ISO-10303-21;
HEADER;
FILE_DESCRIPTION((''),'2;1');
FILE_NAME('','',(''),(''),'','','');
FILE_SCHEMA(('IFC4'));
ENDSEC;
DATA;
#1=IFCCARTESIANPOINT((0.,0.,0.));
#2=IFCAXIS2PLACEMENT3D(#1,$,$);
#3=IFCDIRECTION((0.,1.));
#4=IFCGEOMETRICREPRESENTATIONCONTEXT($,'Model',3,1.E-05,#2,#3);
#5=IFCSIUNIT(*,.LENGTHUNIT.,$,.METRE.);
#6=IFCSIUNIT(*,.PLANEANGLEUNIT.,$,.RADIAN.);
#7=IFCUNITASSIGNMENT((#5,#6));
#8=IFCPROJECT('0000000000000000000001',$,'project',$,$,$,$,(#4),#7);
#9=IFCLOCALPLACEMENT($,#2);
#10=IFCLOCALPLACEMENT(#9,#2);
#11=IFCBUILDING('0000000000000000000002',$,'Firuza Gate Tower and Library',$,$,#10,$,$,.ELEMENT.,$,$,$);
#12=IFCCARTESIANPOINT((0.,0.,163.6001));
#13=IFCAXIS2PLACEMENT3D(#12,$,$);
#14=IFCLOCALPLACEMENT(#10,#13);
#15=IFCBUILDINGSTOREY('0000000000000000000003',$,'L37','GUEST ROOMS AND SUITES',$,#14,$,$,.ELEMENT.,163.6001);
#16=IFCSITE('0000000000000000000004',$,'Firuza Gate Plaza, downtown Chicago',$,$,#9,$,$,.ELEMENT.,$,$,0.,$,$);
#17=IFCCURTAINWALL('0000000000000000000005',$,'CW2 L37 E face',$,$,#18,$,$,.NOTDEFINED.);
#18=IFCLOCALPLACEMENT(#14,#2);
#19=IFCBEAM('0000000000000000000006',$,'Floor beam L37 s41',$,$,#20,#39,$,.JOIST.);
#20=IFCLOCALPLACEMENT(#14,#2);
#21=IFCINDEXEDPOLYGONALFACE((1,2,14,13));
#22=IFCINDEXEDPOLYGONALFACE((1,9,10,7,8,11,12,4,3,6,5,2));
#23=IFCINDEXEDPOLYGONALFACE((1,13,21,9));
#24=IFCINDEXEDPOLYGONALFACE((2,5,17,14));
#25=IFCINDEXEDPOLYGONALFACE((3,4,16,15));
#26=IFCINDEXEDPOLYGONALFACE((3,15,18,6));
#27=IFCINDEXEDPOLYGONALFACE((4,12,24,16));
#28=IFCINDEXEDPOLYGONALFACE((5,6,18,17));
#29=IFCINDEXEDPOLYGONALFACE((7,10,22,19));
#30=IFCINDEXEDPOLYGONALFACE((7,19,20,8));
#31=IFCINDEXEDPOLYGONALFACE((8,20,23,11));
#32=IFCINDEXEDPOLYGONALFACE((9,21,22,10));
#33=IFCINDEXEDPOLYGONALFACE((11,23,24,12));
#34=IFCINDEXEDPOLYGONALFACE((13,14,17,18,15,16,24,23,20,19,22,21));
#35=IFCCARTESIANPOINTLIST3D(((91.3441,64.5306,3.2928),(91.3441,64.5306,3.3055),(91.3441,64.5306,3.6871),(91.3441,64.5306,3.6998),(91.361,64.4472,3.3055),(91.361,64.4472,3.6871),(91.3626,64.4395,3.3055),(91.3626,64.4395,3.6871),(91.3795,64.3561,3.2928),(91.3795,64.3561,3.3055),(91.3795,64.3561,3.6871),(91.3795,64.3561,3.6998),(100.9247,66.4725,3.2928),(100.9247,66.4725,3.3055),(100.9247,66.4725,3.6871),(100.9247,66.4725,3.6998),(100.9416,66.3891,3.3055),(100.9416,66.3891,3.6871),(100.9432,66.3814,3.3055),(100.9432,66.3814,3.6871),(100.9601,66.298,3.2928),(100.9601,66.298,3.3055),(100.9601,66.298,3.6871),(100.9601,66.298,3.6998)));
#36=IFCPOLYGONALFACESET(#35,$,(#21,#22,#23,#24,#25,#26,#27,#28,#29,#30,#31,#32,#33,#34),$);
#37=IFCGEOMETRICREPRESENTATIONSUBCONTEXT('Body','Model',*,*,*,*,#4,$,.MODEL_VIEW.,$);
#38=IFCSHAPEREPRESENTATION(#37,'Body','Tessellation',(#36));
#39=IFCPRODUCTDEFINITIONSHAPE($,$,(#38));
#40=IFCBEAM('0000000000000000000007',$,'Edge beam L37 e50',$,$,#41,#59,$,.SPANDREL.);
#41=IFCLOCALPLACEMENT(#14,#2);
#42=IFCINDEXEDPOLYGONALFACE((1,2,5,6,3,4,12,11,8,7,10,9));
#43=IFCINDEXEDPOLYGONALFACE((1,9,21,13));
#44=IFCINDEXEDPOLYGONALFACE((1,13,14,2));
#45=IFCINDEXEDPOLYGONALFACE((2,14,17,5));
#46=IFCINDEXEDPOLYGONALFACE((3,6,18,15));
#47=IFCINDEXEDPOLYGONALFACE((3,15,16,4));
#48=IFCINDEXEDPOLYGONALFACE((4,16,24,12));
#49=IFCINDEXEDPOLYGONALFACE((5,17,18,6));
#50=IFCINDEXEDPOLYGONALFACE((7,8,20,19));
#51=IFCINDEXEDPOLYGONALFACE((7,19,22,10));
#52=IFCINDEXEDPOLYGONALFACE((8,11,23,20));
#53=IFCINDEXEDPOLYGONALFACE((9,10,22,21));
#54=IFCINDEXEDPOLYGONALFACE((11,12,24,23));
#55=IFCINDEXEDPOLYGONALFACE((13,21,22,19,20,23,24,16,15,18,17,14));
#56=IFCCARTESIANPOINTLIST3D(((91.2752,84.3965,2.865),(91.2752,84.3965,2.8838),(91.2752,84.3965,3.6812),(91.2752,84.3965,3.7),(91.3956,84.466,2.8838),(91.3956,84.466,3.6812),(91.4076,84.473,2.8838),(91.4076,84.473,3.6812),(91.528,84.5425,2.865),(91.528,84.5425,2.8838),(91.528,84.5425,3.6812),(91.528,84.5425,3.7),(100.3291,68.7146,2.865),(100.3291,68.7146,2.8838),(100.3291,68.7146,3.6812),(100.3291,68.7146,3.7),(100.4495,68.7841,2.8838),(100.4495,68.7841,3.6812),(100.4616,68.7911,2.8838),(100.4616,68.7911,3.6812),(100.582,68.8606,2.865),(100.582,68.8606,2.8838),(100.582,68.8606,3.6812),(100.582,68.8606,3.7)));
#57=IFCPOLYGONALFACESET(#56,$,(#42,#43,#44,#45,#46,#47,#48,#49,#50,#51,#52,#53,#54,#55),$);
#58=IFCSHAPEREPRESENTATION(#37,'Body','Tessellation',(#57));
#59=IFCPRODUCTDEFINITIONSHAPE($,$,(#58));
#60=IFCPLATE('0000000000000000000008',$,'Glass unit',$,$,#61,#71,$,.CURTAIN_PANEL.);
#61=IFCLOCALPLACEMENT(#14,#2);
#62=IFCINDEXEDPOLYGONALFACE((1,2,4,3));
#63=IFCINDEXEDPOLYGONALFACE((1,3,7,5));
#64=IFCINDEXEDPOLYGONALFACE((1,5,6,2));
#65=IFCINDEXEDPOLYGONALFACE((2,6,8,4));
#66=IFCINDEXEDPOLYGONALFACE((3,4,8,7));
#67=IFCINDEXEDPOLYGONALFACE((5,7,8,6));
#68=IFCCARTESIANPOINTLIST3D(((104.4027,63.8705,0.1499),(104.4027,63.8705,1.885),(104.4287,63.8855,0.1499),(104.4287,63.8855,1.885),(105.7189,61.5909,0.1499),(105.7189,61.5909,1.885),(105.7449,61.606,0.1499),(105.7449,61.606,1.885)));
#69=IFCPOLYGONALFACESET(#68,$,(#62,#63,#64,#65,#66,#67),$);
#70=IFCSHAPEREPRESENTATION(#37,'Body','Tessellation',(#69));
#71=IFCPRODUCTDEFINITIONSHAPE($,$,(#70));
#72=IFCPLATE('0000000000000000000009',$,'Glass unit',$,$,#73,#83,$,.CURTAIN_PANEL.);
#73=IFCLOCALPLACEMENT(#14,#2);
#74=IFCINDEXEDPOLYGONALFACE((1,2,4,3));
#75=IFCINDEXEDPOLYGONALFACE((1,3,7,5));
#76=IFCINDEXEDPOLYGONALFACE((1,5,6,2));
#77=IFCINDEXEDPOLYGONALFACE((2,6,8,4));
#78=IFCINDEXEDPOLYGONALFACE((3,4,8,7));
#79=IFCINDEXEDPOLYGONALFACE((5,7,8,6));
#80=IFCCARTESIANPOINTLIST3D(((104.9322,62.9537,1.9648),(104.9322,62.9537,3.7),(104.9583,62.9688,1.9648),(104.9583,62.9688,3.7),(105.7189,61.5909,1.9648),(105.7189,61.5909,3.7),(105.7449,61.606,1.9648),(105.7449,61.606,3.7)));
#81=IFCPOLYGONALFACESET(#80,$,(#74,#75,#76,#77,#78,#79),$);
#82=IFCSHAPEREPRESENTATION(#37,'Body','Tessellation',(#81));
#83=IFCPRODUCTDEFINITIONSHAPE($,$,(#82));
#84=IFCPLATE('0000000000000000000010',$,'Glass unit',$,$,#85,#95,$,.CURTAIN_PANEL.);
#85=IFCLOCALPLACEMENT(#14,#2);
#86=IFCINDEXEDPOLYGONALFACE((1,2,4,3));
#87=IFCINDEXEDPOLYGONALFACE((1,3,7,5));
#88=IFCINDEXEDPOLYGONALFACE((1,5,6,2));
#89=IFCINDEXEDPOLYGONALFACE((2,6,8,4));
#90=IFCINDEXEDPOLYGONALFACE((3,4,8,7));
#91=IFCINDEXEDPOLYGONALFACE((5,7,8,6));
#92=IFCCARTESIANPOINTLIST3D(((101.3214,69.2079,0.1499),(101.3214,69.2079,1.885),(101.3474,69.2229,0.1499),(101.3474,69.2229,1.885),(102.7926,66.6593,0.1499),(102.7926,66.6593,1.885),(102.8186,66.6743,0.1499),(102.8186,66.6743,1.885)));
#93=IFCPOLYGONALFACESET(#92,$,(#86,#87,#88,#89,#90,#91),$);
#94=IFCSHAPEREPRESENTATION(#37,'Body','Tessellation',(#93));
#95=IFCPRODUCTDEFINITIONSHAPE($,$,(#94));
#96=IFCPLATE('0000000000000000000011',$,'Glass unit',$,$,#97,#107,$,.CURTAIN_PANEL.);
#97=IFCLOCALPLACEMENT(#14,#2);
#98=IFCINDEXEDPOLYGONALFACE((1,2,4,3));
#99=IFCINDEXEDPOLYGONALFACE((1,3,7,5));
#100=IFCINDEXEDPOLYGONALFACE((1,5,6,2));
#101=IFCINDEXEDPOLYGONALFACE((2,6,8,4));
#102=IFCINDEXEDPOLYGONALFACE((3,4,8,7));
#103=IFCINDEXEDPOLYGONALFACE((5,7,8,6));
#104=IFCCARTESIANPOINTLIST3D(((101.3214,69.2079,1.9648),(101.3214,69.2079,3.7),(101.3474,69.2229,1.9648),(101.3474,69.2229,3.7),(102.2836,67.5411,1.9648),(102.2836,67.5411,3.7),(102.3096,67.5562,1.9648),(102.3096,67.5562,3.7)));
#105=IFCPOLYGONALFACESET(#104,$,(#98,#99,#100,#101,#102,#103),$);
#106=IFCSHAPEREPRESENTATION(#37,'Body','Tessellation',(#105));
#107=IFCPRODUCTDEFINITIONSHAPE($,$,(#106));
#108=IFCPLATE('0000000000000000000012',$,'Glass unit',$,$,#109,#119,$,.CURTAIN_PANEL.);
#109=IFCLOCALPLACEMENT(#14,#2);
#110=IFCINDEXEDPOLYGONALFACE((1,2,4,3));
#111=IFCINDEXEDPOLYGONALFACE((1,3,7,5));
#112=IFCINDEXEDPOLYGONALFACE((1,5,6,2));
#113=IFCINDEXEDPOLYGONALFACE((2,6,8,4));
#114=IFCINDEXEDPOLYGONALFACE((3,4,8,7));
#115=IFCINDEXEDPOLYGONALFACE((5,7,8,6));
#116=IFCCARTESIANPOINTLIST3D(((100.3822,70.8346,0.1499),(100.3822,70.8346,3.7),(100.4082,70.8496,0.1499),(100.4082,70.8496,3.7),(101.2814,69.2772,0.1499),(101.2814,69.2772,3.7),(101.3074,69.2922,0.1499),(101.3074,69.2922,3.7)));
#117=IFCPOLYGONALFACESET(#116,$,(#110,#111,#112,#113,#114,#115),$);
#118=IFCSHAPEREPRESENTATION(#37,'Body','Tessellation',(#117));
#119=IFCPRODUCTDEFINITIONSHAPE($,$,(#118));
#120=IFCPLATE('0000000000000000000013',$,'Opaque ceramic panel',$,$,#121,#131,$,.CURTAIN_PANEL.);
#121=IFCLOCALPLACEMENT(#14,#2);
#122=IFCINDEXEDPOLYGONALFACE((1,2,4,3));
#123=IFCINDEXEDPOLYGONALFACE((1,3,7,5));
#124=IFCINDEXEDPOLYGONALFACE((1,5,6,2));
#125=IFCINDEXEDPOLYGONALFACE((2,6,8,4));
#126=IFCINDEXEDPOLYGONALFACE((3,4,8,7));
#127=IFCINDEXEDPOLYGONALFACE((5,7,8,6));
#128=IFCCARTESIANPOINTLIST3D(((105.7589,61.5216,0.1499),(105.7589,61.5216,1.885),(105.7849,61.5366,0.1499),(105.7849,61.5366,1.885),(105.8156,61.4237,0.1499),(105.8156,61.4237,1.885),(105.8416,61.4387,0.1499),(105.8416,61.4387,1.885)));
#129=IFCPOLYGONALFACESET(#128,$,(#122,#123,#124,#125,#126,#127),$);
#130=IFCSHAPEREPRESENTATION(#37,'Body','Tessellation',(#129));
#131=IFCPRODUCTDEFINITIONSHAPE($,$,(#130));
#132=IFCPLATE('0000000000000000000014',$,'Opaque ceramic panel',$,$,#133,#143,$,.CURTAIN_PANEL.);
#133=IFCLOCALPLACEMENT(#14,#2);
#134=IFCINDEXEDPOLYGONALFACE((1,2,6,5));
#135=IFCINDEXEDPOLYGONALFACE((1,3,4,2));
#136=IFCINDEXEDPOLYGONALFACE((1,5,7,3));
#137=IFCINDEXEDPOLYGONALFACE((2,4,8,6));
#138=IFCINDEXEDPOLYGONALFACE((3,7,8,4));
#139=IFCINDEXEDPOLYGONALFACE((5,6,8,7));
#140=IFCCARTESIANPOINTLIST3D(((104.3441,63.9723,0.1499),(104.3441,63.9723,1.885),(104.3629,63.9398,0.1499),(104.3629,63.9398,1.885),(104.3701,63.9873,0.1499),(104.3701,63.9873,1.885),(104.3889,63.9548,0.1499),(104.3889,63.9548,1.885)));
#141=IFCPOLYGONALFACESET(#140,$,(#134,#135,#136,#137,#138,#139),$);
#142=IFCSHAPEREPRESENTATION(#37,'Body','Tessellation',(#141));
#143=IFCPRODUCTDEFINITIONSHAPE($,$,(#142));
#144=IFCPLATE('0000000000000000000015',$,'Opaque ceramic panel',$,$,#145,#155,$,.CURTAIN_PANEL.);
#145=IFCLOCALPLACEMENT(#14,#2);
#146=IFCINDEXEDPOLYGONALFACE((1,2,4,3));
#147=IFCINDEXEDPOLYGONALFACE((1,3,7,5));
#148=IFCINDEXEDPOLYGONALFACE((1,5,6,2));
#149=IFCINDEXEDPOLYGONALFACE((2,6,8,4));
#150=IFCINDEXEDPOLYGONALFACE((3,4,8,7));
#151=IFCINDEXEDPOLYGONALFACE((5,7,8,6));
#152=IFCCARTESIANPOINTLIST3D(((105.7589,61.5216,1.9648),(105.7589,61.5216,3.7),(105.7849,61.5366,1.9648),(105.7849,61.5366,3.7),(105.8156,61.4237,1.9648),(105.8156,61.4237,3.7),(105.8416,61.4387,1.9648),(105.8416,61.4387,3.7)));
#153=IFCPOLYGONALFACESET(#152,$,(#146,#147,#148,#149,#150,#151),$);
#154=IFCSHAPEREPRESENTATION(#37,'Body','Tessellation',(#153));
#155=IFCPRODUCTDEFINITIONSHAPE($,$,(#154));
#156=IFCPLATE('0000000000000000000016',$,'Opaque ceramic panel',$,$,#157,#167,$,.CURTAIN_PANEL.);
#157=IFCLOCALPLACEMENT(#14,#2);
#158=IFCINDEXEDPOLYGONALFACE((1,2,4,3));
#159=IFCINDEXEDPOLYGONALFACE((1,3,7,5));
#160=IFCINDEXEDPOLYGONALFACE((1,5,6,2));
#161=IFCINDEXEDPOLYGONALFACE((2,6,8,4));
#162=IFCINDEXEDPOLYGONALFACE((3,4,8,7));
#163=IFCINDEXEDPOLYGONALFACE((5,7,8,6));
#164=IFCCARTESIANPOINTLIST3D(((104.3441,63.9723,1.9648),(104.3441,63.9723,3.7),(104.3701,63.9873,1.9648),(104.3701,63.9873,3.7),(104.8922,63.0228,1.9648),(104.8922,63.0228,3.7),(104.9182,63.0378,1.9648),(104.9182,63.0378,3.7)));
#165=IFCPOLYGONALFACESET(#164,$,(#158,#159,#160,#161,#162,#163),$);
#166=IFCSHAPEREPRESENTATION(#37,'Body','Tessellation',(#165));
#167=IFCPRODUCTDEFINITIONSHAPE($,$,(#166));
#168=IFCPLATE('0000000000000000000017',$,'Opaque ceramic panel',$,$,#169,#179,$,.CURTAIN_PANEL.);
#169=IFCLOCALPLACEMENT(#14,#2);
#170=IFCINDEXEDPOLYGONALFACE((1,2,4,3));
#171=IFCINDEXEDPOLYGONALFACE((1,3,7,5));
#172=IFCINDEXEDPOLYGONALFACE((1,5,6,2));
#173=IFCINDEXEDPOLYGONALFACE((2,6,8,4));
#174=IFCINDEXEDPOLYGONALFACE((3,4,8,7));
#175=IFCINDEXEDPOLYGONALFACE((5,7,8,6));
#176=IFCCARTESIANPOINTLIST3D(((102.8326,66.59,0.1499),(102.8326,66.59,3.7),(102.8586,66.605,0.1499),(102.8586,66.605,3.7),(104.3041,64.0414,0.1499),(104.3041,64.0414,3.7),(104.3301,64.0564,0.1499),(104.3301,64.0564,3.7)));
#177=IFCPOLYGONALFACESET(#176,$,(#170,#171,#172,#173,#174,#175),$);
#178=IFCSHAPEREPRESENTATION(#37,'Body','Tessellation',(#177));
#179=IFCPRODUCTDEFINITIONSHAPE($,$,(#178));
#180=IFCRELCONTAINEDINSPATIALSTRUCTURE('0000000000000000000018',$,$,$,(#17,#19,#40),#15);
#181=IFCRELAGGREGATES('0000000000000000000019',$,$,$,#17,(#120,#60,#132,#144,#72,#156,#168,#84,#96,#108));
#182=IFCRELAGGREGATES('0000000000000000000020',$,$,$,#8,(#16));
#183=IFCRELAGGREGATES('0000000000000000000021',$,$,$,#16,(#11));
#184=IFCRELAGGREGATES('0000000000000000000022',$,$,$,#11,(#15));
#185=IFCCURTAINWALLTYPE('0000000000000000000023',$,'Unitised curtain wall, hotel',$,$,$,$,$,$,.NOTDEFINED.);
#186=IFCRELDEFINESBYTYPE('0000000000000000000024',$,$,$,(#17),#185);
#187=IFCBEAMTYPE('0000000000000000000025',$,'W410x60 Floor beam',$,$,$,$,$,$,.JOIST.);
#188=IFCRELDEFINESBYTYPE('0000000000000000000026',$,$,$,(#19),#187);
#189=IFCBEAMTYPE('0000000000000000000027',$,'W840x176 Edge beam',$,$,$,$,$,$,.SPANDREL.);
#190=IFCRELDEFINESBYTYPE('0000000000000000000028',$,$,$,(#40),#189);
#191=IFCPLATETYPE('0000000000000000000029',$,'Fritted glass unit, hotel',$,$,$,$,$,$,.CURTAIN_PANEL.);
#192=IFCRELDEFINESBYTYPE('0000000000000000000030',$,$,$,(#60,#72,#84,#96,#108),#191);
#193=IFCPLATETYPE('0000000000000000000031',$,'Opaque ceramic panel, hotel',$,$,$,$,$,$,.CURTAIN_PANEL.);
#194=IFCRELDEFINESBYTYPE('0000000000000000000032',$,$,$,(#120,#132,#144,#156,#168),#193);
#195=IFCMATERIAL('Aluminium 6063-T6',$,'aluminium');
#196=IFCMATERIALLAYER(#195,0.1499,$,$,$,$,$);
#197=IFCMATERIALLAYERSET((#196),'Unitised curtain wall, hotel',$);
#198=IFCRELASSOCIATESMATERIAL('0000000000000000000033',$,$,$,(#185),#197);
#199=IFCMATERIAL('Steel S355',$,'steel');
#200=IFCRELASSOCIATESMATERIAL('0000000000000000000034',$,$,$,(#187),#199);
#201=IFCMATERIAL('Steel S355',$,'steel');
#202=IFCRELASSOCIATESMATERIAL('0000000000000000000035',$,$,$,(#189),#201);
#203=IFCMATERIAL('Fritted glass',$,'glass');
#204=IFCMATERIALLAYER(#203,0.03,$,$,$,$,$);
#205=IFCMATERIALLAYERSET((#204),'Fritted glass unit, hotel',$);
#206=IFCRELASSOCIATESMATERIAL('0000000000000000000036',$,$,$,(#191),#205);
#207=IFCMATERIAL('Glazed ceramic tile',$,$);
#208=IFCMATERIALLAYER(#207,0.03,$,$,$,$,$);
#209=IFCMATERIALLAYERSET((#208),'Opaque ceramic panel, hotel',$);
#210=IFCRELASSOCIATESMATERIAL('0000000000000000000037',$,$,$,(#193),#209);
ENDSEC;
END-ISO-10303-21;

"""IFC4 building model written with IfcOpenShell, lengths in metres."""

from ifc_helpers import new_model, si_unit, direction, frame, origin, origin_2d, place, context, subcontext, project, spatial, polyline, i_section, outline, extrude, material, layer, layer_set, material_profile, profile_set, type_object, element, aggregate, save


model = new_model("IFC4")

# Units and contexts
model_context = context("Model", 3, precision=1e-05, world=origin(), true_north=direction((0.0, 1.0)))
body_context = subcontext(model_context, "Body", "Model", "MODEL_VIEW")
ifc_project = project(units=[si_unit("LENGTHUNIT", "METRE"), si_unit("PLANEANGLEUNIT", "RADIAN")], contexts=[model_context])

# Site, building, storey
site_placement = place(None, origin())
site = spatial("IfcSite", under=ifc_project, at=site_placement, Name="Firuza Gate Plaza, downtown Chicago", CompositionType="ELEMENT", RefElevation=0.0)
building_placement = place(site_placement, origin())
building = spatial("IfcBuilding", under=site, at=building_placement, Name="Firuza Gate Tower and Library", CompositionType="ELEMENT")
storey_placement = place(building_placement, frame((0.0, 0.0, 163.6001)))
storey = spatial("IfcBuildingStorey", under=building, at=storey_placement, Name="L37", Description="GUEST ROOMS AND SUITES", CompositionType="ELEMENT", Elevation=163.6001)

# Curtain wall
ifc_material_1 = material(Name="Aluminium 6063-T6", Category="aluminium")
ifc_layer_1 = layer(ifc_material_1, 0.1499)
ifc_layer_set_1 = layer_set([ifc_layer_1], Name="Unitised curtain wall, hotel")
curtain_wall_type = type_object("IfcCurtainWallType", Name="Unitised curtain wall, hotel", PredefinedType="NOTDEFINED", material=ifc_layer_set_1)
curtain_wall_placement = place(storey_placement, origin())
curtain_wall = element("IfcCurtainWall", 1, at=curtain_wall_placement, inside=storey, type_object=curtain_wall_type, Name="CW2 L37 E face", PredefinedType="NOTDEFINED")

# Beams
ifc_material_2 = material(Name="Steel S355", Category="steel")
ifc_material_profile_1 = material_profile(ifc_material_2, i_section(OverallWidth=0.178, OverallDepth=0.407, WebThickness=0.0078, FlangeThickness=0.0127, at=origin_2d()))
ifc_profile_set_1 = profile_set([ifc_material_profile_1], Name="Steel S355")
beam_type_1 = type_object("IfcBeamType", Name="W410x60 Floor beam", PredefinedType="JOIST", material=ifc_profile_set_1)
beam_1_placement = place(storey_placement, frame((100.9424, 66.3853, 3.4963), z_axis=(-0.98007, -0.198651, 0.0), x_axis=(0.198651, -0.98007, 0.0)))
element("IfcBeam", 2, at=beam_1_placement, inside=storey, type_object=beam_type_1, Name="Floor beam L37 s41", PredefinedType="JOIST", context=body_context, shape_type="SweptSolid", body=[
    extrude(i_section(OverallWidth=0.178, OverallDepth=0.407, WebThickness=0.0078, FlangeThickness=0.0127, at=origin_2d()), origin(), (0.0, 0.0, 1.0), 9.7754),
])
ifc_material_3 = material(Name="Steel S355", Category="steel")
ifc_material_profile_2 = material_profile(ifc_material_3, i_section(OverallWidth=0.292, OverallDepth=0.835, WebThickness=0.0139, FlangeThickness=0.0188, at=origin_2d()))
ifc_profile_set_2 = profile_set([ifc_material_profile_2], Name="Steel S355")
beam_type_2 = type_object("IfcBeamType", Name="W840x176 Edge beam", PredefinedType="SPANDREL", material=ifc_profile_set_2)
beam_2_placement = place(storey_placement, frame((100.4556, 68.7876, 3.2825), z_axis=(-0.500001, 0.866025, 0.0), x_axis=(-0.866025, -0.500001, 0.0)))
element("IfcBeam", 3, at=beam_2_placement, inside=storey, type_object=beam_type_2, Name="Edge beam L37 e50", PredefinedType="SPANDREL", context=body_context, shape_type="SweptSolid", body=[
    extrude(i_section(OverallWidth=0.292, OverallDepth=0.835, WebThickness=0.0139, FlangeThickness=0.0188, at=origin_2d()), origin(), (0.0, 0.0, 1.0), 18.1079),
])

# Plates
ifc_material_4 = material(Name="Fritted glass", Category="glass")
ifc_layer_2 = layer(ifc_material_4, 0.03)
ifc_layer_set_2 = layer_set([ifc_layer_2], Name="Fritted glass unit, hotel")
plate_type_1 = type_object("IfcPlateType", Name="Fritted glass unit, hotel", PredefinedType="CURTAIN_PANEL", material=ifc_layer_set_2)
plate_1_placement = place(storey_placement, frame((105.7449, 61.606, 0.1499), z_axis=(0.866014, 0.50002, 0.0), x_axis=(-0.50002, 0.866014, 0.0)))
plate_1 = element("IfcPlate", 4, at=plate_1_placement, type_object=plate_type_1, Name="Glass unit", PredefinedType="CURTAIN_PANEL", context=body_context, shape_type="SweptSolid", body=[
    extrude(outline(polyline([(0.0, 0.0), (2.6322, 0.0), (2.6322, 1.7351), (0.0, 1.7351), (0.0, 0.0)])), origin(), (0.0, 0.0, -1.0), 0.03),
])
plate_2_placement = place(storey_placement, frame((105.7449, 61.606, 1.9648), z_axis=(0.866077, 0.49991, 0.0), x_axis=(-0.49991, 0.866077, 0.0)))
plate_2 = element("IfcPlate", 5, at=plate_2_placement, type_object=plate_type_1, Name="Glass unit", PredefinedType="CURTAIN_PANEL", context=body_context, shape_type="SweptSolid", body=[
    extrude(outline(polyline([(0.0, 0.0), (1.5735, 0.0), (1.5735, 1.7351), (0.0, 1.7351), (0.0, 0.0)])), origin(), (0.0, 0.0, -1.0), 0.03),
])
plate_3_placement = place(storey_placement, frame((102.8186, 66.6743, 0.1499), z_axis=(0.86606, 0.49994, 0.0), x_axis=(-0.49994, 0.86606, 0.0)))
plate_3 = element("IfcPlate", 6, at=plate_3_placement, type_object=plate_type_1, Name="Glass unit", PredefinedType="CURTAIN_PANEL", context=body_context, shape_type="SweptSolid", body=[
    extrude(outline(polyline([(0.0, 0.0), (2.9427, 0.0), (2.9427, 1.7351), (0.0, 1.7351), (0.0, 0.0)])), origin(), (0.0, 0.0, -1.0), 0.03),
])
plate_4_placement = place(storey_placement, frame((102.3096, 67.5562, 1.9648), z_axis=(0.866057, 0.499946, 0.0), x_axis=(-0.499946, 0.866057, 0.0)))
plate_4 = element("IfcPlate", 7, at=plate_4_placement, type_object=plate_type_1, Name="Glass unit", PredefinedType="CURTAIN_PANEL", context=body_context, shape_type="SweptSolid", body=[
    extrude(outline(polyline([(0.0, 0.0), (1.9245, 0.0), (1.9245, 1.7351), (0.0, 1.7351), (0.0, 0.0)])), origin(), (0.0, 0.0, -1.0), 0.03),
])
plate_5_placement = place(storey_placement, frame((101.3074, 69.2922, 0.1499), z_axis=(0.866021, 0.500008, 0.0), x_axis=(-0.500008, 0.866021, 0.0)))
plate_5 = element("IfcPlate", 8, at=plate_5_placement, type_object=plate_type_1, Name="Glass unit", PredefinedType="CURTAIN_PANEL", context=body_context, shape_type="SweptSolid", body=[
    extrude(outline(polyline([(0.0, 0.0), (1.7983, 0.0), (1.7983, 3.55), (0.0, 3.55), (0.0, 0.0)])), origin(), (0.0, 0.0, -1.0), 0.03),
])
ifc_material_5 = material(Name="Glazed ceramic tile")
ifc_layer_3 = layer(ifc_material_5, 0.03)
ifc_layer_set_3 = layer_set([ifc_layer_3], Name="Opaque ceramic panel, hotel")
plate_type_2 = type_object("IfcPlateType", Name="Opaque ceramic panel, hotel", PredefinedType="CURTAIN_PANEL", material=ifc_layer_set_3)
plate_6_placement = place(storey_placement, frame((105.8416, 61.4387, 0.1499), z_axis=(0.865574, 0.500781, 0.0), x_axis=(-0.500781, 0.865574, 0.0)))
plate_6 = element("IfcPlate", 9, at=plate_6_placement, type_object=plate_type_2, Name="Opaque ceramic panel", PredefinedType="CURTAIN_PANEL", context=body_context, shape_type="SweptSolid", body=[
    extrude(outline(polyline([(0.0, 0.0), (0.1131, 0.0), (0.1131, 1.7351), (0.0, 1.7351), (0.0, 0.0)])), origin(), (0.0, 0.0, -1.0), 0.03),
])
plate_7_placement = place(storey_placement, frame((104.3889, 63.9548, 0.1499), z_axis=(0.865426, 0.501036, 0.0), x_axis=(-0.501036, 0.865426, 0.0)))
plate_7 = element("IfcPlate", 10, at=plate_7_placement, type_object=plate_type_2, Name="Opaque ceramic panel", PredefinedType="CURTAIN_PANEL", context=body_context, shape_type="SweptSolid", body=[
    extrude(outline(polyline([(0.0, 0.0), (0.0375, 0.0), (0.0375, 1.7351), (0.0, 1.7351), (0.0, 0.0)])), origin(), (0.0, 0.0, -1.0), 0.03),
])
plate_8_placement = place(storey_placement, frame((105.8416, 61.4387, 1.9648), z_axis=(0.865574, 0.500781, 0.0), x_axis=(-0.500781, 0.865574, 0.0)))
plate_8 = element("IfcPlate", 11, at=plate_8_placement, type_object=plate_type_2, Name="Opaque ceramic panel", PredefinedType="CURTAIN_PANEL", context=body_context, shape_type="SweptSolid", body=[
    extrude(outline(polyline([(0.0, 0.0), (0.1131, 0.0), (0.1131, 1.7351), (0.0, 1.7351), (0.0, 0.0)])), origin(), (0.0, 0.0, -1.0), 0.03),
])
plate_9_placement = place(storey_placement, frame((104.9182, 63.0378, 1.9648), z_axis=(0.866056, 0.499947, 0.0), x_axis=(-0.499947, 0.866056, 0.0)))
plate_9 = element("IfcPlate", 12, at=plate_9_placement, type_object=plate_type_2, Name="Opaque ceramic panel", PredefinedType="CURTAIN_PANEL", context=body_context, shape_type="SweptSolid", body=[
    extrude(outline(polyline([(0.0, 0.0), (1.0963, 0.0), (1.0963, 1.7351), (0.0, 1.7351), (0.0, 0.0)])), origin(), (0.0, 0.0, -1.0), 0.03),
])
plate_10_placement = place(storey_placement, frame((104.3301, 64.0564, 0.1499), z_axis=(0.866024, 0.500003, 0.0), x_axis=(-0.500003, 0.866024, 0.0)))
plate_10 = element("IfcPlate", 13, at=plate_10_placement, type_object=plate_type_2, Name="Opaque ceramic panel", PredefinedType="CURTAIN_PANEL", context=body_context, shape_type="SweptSolid", body=[
    extrude(outline(polyline([(0.0, 0.0), (2.9429, 0.0), (2.9429, 3.55), (0.0, 3.55), (0.0, 0.0)])), origin(), (0.0, 0.0, -1.0), 0.03),
])
aggregate(curtain_wall, [plate_6, plate_1, plate_7, plate_8, plate_2, plate_9, plate_10, plate_3, plate_4, plate_5])

save(model, "model.ifc")
